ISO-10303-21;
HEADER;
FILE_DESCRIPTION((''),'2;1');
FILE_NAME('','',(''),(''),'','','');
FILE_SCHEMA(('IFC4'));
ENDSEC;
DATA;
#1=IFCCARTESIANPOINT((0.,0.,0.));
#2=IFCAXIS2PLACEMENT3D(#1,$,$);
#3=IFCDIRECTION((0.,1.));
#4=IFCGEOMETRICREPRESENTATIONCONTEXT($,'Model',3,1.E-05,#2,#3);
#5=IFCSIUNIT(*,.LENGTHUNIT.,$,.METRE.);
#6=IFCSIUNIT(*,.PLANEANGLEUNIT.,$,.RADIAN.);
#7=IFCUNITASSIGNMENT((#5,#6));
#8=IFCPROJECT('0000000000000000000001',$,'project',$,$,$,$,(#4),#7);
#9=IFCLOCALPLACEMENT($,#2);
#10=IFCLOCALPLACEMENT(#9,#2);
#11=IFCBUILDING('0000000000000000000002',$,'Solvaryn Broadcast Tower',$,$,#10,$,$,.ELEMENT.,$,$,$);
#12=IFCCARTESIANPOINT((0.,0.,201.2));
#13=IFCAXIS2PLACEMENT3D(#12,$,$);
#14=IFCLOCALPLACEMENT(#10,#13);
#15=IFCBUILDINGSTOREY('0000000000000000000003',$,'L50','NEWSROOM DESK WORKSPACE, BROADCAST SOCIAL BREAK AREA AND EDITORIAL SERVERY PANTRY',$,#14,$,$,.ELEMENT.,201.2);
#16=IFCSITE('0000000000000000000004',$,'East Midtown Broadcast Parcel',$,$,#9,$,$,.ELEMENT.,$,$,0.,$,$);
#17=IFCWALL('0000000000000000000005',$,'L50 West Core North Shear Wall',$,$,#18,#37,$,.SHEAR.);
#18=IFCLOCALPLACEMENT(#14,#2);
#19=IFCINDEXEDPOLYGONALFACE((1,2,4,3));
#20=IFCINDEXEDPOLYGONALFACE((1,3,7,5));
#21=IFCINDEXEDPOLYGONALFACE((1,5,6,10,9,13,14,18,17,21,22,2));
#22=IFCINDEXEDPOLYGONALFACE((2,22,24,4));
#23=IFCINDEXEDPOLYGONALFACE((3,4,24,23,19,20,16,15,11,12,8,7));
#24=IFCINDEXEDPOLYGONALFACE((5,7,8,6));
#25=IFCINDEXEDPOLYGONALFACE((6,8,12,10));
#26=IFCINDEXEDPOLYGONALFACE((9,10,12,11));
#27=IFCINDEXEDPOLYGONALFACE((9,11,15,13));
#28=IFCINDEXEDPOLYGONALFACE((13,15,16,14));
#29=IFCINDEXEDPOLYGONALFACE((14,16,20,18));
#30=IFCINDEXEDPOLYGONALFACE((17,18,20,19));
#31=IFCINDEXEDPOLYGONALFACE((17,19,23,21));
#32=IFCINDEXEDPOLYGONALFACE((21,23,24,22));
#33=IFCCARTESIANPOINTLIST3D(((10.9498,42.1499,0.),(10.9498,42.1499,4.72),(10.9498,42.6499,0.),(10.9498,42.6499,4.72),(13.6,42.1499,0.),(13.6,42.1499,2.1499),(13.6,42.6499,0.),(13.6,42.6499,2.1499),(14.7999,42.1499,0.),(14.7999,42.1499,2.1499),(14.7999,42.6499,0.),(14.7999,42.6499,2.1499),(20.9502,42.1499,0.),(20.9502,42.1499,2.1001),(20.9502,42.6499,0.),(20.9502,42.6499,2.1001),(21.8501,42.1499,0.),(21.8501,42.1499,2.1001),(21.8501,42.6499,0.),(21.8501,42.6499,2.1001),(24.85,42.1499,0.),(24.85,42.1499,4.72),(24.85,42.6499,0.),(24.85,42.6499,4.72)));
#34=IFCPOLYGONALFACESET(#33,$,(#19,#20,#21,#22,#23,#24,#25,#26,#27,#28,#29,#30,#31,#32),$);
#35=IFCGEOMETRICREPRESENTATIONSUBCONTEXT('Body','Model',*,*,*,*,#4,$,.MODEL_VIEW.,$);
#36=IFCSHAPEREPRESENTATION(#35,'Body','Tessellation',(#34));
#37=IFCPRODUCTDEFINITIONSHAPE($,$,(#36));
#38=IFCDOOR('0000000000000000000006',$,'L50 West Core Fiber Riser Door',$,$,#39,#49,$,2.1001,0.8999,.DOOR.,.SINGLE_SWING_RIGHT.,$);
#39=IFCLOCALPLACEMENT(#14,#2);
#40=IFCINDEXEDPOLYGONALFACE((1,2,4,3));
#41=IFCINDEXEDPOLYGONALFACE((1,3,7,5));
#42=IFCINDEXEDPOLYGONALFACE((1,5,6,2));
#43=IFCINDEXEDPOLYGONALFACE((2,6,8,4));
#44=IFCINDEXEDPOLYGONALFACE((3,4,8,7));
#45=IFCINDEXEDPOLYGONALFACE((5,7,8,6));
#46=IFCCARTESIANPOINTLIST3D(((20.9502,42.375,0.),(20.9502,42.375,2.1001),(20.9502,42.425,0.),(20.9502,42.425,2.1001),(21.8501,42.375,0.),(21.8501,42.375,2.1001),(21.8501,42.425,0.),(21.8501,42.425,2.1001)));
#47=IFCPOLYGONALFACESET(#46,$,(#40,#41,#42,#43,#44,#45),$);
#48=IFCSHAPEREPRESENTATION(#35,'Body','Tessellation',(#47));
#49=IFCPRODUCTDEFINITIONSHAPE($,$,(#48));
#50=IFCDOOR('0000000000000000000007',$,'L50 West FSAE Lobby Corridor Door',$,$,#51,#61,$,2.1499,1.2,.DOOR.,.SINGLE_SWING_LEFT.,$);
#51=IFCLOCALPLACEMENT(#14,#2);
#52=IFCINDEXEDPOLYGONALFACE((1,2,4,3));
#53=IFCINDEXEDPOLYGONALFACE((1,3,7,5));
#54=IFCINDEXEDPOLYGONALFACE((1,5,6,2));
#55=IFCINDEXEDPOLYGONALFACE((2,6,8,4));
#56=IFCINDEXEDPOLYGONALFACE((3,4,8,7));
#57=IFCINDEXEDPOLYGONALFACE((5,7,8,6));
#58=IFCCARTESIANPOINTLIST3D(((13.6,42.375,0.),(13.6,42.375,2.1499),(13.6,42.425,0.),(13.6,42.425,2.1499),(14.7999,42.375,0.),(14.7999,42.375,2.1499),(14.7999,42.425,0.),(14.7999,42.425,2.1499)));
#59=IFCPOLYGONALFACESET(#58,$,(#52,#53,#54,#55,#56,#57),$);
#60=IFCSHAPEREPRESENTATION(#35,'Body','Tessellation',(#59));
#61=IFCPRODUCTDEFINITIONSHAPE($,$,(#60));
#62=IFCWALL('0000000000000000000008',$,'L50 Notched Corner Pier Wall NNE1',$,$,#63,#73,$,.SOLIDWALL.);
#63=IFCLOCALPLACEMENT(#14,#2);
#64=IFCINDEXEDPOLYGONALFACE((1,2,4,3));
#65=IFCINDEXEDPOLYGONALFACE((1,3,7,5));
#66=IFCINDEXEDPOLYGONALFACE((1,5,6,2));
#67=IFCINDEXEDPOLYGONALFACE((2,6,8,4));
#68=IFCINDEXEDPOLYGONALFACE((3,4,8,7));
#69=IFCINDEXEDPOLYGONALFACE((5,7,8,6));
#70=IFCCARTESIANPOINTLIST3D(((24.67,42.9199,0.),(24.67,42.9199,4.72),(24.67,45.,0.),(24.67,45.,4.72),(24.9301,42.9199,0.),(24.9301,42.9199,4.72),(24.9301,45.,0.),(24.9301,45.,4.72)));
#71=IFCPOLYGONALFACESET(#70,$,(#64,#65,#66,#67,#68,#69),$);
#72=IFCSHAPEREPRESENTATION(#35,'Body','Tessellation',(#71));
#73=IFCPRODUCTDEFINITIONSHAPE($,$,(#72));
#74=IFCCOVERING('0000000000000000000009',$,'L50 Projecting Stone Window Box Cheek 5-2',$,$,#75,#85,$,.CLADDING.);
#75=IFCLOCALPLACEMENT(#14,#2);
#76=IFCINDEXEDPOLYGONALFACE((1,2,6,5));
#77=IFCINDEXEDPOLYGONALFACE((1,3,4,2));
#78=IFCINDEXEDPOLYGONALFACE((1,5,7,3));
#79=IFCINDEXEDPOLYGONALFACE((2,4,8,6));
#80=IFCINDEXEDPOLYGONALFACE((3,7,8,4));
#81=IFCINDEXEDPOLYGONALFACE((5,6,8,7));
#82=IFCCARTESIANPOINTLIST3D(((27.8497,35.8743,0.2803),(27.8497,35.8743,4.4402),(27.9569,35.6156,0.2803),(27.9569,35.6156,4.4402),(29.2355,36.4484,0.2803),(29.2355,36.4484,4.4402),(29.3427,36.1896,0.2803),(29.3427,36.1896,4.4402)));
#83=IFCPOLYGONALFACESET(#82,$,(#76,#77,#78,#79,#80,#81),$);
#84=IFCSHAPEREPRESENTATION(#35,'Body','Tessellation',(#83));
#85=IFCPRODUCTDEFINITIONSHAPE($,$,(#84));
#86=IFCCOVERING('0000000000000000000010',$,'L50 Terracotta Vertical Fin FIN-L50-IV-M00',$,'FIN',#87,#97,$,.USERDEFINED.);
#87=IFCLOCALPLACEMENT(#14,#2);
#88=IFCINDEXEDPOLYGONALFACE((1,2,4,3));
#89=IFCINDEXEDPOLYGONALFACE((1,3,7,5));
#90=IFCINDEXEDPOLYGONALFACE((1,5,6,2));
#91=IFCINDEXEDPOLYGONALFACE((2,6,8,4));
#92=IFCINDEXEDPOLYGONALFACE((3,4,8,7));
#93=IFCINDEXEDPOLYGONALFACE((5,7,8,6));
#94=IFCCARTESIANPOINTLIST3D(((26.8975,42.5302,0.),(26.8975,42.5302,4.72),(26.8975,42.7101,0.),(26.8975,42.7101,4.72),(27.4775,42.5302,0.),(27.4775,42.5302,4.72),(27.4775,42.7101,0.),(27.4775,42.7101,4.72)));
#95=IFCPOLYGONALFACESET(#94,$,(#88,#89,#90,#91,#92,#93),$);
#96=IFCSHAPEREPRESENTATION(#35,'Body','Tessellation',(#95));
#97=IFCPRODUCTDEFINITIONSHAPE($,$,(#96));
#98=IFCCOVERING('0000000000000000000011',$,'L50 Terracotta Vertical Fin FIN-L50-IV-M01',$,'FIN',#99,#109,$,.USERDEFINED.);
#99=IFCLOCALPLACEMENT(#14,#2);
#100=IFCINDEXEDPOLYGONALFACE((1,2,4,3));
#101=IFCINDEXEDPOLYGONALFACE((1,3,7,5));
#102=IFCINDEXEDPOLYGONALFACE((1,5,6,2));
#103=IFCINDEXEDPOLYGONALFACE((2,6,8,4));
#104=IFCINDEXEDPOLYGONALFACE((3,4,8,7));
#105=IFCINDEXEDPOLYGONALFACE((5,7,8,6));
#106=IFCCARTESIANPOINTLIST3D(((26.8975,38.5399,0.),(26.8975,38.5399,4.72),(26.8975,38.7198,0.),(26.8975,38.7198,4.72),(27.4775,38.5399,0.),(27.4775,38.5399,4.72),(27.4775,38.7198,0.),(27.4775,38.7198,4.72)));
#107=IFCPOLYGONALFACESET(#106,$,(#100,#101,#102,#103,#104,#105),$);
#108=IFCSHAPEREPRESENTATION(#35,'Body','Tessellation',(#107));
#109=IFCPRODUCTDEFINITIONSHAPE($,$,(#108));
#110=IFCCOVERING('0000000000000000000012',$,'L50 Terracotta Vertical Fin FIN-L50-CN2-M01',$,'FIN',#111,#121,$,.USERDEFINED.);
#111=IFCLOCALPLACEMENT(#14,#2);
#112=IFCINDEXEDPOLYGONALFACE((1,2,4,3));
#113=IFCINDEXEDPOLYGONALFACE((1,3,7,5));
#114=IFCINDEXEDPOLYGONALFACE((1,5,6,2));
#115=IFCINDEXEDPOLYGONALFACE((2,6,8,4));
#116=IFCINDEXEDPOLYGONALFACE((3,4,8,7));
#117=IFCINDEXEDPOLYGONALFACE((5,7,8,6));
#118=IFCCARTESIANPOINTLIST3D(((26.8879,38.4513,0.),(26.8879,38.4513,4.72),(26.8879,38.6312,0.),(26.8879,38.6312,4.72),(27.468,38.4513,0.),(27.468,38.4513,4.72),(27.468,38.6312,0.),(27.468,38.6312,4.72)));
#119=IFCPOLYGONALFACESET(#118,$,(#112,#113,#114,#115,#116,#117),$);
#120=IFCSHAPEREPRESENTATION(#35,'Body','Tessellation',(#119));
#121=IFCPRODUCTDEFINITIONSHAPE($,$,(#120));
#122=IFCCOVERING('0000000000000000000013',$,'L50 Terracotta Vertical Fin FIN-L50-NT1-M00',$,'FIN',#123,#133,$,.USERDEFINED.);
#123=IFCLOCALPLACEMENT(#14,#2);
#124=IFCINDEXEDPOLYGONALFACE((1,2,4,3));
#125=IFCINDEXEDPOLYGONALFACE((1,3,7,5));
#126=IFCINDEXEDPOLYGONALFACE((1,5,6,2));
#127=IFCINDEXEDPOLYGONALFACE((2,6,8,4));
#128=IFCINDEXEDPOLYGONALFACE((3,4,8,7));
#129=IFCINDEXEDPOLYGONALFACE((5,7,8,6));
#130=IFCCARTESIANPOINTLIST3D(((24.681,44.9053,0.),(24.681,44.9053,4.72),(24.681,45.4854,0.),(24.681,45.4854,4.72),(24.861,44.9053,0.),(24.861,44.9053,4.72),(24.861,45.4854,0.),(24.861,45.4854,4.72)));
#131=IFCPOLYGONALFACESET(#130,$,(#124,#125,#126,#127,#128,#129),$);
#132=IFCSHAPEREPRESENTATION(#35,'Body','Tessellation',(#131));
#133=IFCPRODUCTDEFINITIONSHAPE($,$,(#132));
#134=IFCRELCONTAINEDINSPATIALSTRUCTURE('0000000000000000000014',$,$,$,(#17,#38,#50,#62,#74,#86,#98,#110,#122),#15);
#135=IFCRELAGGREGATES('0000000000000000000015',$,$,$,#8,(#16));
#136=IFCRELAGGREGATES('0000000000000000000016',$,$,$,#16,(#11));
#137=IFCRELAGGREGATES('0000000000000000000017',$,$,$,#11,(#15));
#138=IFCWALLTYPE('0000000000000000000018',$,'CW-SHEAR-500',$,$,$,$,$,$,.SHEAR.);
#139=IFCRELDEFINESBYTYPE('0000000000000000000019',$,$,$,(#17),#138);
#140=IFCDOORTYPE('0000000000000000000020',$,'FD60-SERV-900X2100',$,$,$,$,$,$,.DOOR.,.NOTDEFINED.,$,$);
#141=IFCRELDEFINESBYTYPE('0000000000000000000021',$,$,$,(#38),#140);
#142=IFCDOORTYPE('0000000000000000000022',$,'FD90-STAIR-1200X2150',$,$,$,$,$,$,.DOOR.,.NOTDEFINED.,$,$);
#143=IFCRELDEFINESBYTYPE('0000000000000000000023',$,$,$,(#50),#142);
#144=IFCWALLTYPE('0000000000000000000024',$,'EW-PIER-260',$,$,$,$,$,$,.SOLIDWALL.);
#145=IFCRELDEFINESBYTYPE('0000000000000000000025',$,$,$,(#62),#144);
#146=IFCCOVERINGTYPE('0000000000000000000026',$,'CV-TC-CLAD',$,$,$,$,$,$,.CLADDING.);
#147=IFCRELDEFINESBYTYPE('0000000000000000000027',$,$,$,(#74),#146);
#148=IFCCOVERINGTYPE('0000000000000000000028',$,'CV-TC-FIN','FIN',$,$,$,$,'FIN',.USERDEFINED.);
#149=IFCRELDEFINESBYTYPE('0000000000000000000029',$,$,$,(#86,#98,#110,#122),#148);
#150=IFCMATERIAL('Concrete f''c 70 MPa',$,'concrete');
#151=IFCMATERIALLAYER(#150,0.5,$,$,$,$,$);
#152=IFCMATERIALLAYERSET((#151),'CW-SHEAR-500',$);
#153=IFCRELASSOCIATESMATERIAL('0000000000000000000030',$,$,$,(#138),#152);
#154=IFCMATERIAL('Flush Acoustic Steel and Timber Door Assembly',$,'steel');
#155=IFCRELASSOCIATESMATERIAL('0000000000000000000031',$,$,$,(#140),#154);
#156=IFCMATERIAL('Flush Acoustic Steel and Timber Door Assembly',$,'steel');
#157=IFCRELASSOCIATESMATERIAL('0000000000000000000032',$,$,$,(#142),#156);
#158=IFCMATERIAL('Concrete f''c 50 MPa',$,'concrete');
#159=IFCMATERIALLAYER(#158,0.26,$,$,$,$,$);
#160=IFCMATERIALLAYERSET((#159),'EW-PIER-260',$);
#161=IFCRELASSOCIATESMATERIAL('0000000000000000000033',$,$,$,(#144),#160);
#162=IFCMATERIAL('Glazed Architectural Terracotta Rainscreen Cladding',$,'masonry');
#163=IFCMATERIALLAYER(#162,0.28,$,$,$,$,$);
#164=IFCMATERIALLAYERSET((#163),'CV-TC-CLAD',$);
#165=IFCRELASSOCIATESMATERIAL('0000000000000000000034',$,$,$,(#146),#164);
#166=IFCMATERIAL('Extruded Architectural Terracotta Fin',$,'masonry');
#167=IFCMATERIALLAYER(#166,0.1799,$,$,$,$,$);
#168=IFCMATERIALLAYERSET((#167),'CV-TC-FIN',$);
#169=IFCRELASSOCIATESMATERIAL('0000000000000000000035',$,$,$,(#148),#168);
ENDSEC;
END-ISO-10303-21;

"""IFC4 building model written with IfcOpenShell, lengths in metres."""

from ifc_helpers import new_model, si_unit, direction, frame, frame_2d, origin, origin_2d, place, context, subcontext, project, spatial, rectangle, extrude, material, layer, layer_set, type_object, element, fill, save


model = new_model("IFC4")

# Units and contexts
model_context = context("Model", 3, precision=1e-05, world=origin(), true_north=direction((0.0, 1.0)))
body_context = subcontext(model_context, "Body", "Model", "MODEL_VIEW")
ifc_project = project(units=[si_unit("LENGTHUNIT", "METRE"), si_unit("PLANEANGLEUNIT", "RADIAN")], contexts=[model_context])

# Site, building, storey
site_placement = place(None, origin())
site = spatial("IfcSite", under=ifc_project, at=site_placement, Name="East Midtown Broadcast Parcel", CompositionType="ELEMENT", RefElevation=0.0)
building_placement = place(site_placement, origin())
building = spatial("IfcBuilding", under=site, at=building_placement, Name="Solvaryn Broadcast Tower", CompositionType="ELEMENT")
storey_placement = place(building_placement, frame((0.0, 0.0, 201.2)))
storey = spatial("IfcBuildingStorey", under=building, at=storey_placement, Name="L50", Description="NEWSROOM DESK WORKSPACE, BROADCAST SOCIAL BREAK AREA AND EDITORIAL SERVERY PANTRY", CompositionType="ELEMENT", Elevation=201.2)

# Wall, openings, doors
ifc_material_1 = material(Name="Concrete f'c 70 MPa", Category="concrete")
ifc_layer_1 = layer(ifc_material_1, 0.5)
ifc_layer_set_1 = layer_set([ifc_layer_1], Name="CW-SHEAR-500")
wall_type_1 = type_object("IfcWallType", Name="CW-SHEAR-500", PredefinedType="SHEAR", material=ifc_layer_set_1)
wall_1_placement = place(storey_placement, frame((24.8501, 42.3999, 0.0), z_axis=(0.0, 0.0, 1.0), x_axis=(-1.0, 0.0, 0.0)))
wall_1 = element("IfcWall", 1, at=wall_1_placement, inside=storey, type_object=wall_type_1, Name="L50 West Core North Shear Wall", PredefinedType="SHEAR", context=body_context, shape_type="SweptSolid", body=[
    extrude(rectangle(XDim=13.9001, YDim=0.5, at=frame_2d((6.9502, 0.0))), origin(), (0.0, 0.0, 1.0), 4.72),
])
opening_1_placement = place(wall_1_placement, frame((10.05, 0.0, 0.0)))
opening_1 = element("IfcOpeningElement", 2, at=opening_1_placement, cuts=wall_1, PredefinedType="OPENING", context=body_context, shape_type="SweptSolid", body=[
    extrude(rectangle(XDim=1.2, YDim=2.1499, at=frame_2d((0.6001, 1.075))), frame((0.0, 0.26, 0.0), z_axis=(0.0, -1.0, 0.0), x_axis=(1.0, 0.0, 0.0)), (0.0, 0.0, 1.0), 0.52),
])
opening_2_placement = place(wall_1_placement, frame((3.0, 0.0, 0.0)))
opening_2 = element("IfcOpeningElement", 3, at=opening_2_placement, cuts=wall_1, PredefinedType="OPENING", context=body_context, shape_type="SweptSolid", body=[
    extrude(rectangle(XDim=0.8999, YDim=2.1001, at=frame_2d((0.45, 1.05))), frame((0.0, 0.26, 0.0), z_axis=(0.0, -1.0, 0.0), x_axis=(1.0, 0.0, 0.0)), (0.0, 0.0, 1.0), 0.52),
])
ifc_material_2 = material(Name="Flush Acoustic Steel and Timber Door Assembly", Category="steel")
door_type_1 = type_object("IfcDoorType", Name="FD60-SERV-900X2100", OperationType="NOTDEFINED", PredefinedType="DOOR", material=ifc_material_2)
door_1_placement = place(opening_2_placement, origin())
door_1 = element("IfcDoor", 4, at=door_1_placement, inside=storey, type_object=door_type_1, Name="L50 West Core Fiber Riser Door", OperationType="SINGLE_SWING_RIGHT", OverallHeight=2.1001, OverallWidth=0.8999, PredefinedType="DOOR", context=body_context, shape_type="SweptSolid", body=[
    extrude(rectangle(XDim=0.8999, YDim=2.1001, at=frame_2d((0.45, 1.05))), frame((0.0, 0.0249, 0.0), z_axis=(0.0, -1.0, 0.0), x_axis=(1.0, 0.0, 0.0)), (0.0, 0.0, 1.0), 0.05),
])
fill(opening_2, door_1)
ifc_material_3 = material(Name="Flush Acoustic Steel and Timber Door Assembly", Category="steel")
door_type_2 = type_object("IfcDoorType", Name="FD90-STAIR-1200X2150", OperationType="NOTDEFINED", PredefinedType="DOOR", material=ifc_material_3)
door_2_placement = place(opening_1_placement, origin())
door_2 = element("IfcDoor", 5, at=door_2_placement, inside=storey, type_object=door_type_2, Name="L50 West FSAE Lobby Corridor Door", OperationType="SINGLE_SWING_LEFT", OverallHeight=2.1499, OverallWidth=1.2, PredefinedType="DOOR", context=body_context, shape_type="SweptSolid", body=[
    extrude(rectangle(XDim=1.2, YDim=2.1499, at=frame_2d((0.6001, 1.075))), frame((0.0, 0.0249, 0.0), z_axis=(0.0, -1.0, 0.0), x_axis=(1.0, 0.0, 0.0)), (0.0, 0.0, 1.0), 0.05),
])
fill(opening_1, door_2)

# Wall
ifc_material_4 = material(Name="Concrete f'c 50 MPa", Category="concrete")
ifc_layer_2 = layer(ifc_material_4, 0.26)
ifc_layer_set_2 = layer_set([ifc_layer_2], Name="EW-PIER-260")
wall_type_2 = type_object("IfcWallType", Name="EW-PIER-260", PredefinedType="SOLIDWALL", material=ifc_layer_set_2)
wall_2_placement = place(storey_placement, frame((24.8, 45.0, 0.0), z_axis=(0.0, 0.0, 1.0), x_axis=(0.0, -1.0, 0.0)))
element("IfcWall", 6, at=wall_2_placement, inside=storey, type_object=wall_type_2, Name="L50 Notched Corner Pier Wall NNE1", PredefinedType="SOLIDWALL", context=body_context, shape_type="SweptSolid", body=[
    extrude(rectangle(XDim=2.0801, YDim=0.26, at=frame_2d((1.04, 0.0))), origin(), (0.0, 0.0, 1.0), 4.72),
])

# Coverings
ifc_material_5 = material(Name="Glazed Architectural Terracotta Rainscreen Cladding", Category="masonry")
ifc_layer_3 = layer(ifc_material_5, 0.28)
ifc_layer_set_3 = layer_set([ifc_layer_3], Name="CV-TC-CLAD")
covering_type_1 = type_object("IfcCoveringType", Name="CV-TC-CLAD", PredefinedType="CLADDING", material=ifc_layer_set_3)
covering_1_placement = place(storey_placement, frame((28.5962, 36.032, 0.2803), z_axis=(0.0, 0.0, 1.0), x_axis=(-0.382683, 0.92388, 0.0)))
element("IfcCovering", 7, at=covering_1_placement, inside=storey, type_object=covering_type_1, Name="L50 Projecting Stone Window Box Cheek 5-2", PredefinedType="CLADDING", context=body_context, shape_type="SweptSolid", body=[
    extrude(rectangle(XDim=0.28, YDim=1.5, at=origin_2d()), origin(), (0.0, 0.0, 1.0), 4.1599),
])
ifc_material_6 = material(Name="Extruded Architectural Terracotta Fin", Category="masonry")
ifc_layer_4 = layer(ifc_material_6, 0.1799)
ifc_layer_set_4 = layer_set([ifc_layer_4], Name="CV-TC-FIN")
covering_type_2 = type_object("IfcCoveringType", Name="CV-TC-FIN", Description="FIN", ElementType="FIN", PredefinedType="USERDEFINED", material=ifc_layer_set_4)
for number, where, z_axis, x_axis, name in (
    (8, (27.1875, 42.6201, 0.0), (0.0, 0.0, 1.0), (1.0, 0.0, 0.0), "L50 Terracotta Vertical Fin FIN-L50-IV-M00"),
    (9, (27.1875, 38.6299, 0.0), (0.0, 0.0, 1.0), (1.0, 0.0, 0.0), "L50 Terracotta Vertical Fin FIN-L50-IV-M01"),
    (10, (27.178, 38.5413, 0.0), (0.0, 0.0, 1.0), (1.0, 0.0, 0.0), "L50 Terracotta Vertical Fin FIN-L50-CN2-M01"),
):
    element("IfcCovering", number, at=place(storey_placement, frame(where, z_axis=z_axis, x_axis=x_axis)), inside=storey, type_object=covering_type_2, Name=name, ObjectType="FIN", PredefinedType="USERDEFINED", context=body_context, shape_type="SweptSolid", body=[
        extrude(rectangle(XDim=0.5801, YDim=0.1799, at=origin_2d()), origin(), (0.0, 0.0, 1.0), 4.72),
    ])
covering_2_placement = place(storey_placement, frame((24.771, 45.1953, 0.0), z_axis=(0.0, 0.0, 1.0), x_axis=(1.0, 0.0, 0.0)))
element("IfcCovering", 11, at=covering_2_placement, inside=storey, type_object=covering_type_2, Name="L50 Terracotta Vertical Fin FIN-L50-NT1-M00", ObjectType="FIN", PredefinedType="USERDEFINED", context=body_context, shape_type="SweptSolid", body=[
    extrude(rectangle(XDim=0.1799, YDim=0.5801, at=origin_2d()), origin(), (0.0, 0.0, 1.0), 4.72),
])

save(model, "model.ifc")
